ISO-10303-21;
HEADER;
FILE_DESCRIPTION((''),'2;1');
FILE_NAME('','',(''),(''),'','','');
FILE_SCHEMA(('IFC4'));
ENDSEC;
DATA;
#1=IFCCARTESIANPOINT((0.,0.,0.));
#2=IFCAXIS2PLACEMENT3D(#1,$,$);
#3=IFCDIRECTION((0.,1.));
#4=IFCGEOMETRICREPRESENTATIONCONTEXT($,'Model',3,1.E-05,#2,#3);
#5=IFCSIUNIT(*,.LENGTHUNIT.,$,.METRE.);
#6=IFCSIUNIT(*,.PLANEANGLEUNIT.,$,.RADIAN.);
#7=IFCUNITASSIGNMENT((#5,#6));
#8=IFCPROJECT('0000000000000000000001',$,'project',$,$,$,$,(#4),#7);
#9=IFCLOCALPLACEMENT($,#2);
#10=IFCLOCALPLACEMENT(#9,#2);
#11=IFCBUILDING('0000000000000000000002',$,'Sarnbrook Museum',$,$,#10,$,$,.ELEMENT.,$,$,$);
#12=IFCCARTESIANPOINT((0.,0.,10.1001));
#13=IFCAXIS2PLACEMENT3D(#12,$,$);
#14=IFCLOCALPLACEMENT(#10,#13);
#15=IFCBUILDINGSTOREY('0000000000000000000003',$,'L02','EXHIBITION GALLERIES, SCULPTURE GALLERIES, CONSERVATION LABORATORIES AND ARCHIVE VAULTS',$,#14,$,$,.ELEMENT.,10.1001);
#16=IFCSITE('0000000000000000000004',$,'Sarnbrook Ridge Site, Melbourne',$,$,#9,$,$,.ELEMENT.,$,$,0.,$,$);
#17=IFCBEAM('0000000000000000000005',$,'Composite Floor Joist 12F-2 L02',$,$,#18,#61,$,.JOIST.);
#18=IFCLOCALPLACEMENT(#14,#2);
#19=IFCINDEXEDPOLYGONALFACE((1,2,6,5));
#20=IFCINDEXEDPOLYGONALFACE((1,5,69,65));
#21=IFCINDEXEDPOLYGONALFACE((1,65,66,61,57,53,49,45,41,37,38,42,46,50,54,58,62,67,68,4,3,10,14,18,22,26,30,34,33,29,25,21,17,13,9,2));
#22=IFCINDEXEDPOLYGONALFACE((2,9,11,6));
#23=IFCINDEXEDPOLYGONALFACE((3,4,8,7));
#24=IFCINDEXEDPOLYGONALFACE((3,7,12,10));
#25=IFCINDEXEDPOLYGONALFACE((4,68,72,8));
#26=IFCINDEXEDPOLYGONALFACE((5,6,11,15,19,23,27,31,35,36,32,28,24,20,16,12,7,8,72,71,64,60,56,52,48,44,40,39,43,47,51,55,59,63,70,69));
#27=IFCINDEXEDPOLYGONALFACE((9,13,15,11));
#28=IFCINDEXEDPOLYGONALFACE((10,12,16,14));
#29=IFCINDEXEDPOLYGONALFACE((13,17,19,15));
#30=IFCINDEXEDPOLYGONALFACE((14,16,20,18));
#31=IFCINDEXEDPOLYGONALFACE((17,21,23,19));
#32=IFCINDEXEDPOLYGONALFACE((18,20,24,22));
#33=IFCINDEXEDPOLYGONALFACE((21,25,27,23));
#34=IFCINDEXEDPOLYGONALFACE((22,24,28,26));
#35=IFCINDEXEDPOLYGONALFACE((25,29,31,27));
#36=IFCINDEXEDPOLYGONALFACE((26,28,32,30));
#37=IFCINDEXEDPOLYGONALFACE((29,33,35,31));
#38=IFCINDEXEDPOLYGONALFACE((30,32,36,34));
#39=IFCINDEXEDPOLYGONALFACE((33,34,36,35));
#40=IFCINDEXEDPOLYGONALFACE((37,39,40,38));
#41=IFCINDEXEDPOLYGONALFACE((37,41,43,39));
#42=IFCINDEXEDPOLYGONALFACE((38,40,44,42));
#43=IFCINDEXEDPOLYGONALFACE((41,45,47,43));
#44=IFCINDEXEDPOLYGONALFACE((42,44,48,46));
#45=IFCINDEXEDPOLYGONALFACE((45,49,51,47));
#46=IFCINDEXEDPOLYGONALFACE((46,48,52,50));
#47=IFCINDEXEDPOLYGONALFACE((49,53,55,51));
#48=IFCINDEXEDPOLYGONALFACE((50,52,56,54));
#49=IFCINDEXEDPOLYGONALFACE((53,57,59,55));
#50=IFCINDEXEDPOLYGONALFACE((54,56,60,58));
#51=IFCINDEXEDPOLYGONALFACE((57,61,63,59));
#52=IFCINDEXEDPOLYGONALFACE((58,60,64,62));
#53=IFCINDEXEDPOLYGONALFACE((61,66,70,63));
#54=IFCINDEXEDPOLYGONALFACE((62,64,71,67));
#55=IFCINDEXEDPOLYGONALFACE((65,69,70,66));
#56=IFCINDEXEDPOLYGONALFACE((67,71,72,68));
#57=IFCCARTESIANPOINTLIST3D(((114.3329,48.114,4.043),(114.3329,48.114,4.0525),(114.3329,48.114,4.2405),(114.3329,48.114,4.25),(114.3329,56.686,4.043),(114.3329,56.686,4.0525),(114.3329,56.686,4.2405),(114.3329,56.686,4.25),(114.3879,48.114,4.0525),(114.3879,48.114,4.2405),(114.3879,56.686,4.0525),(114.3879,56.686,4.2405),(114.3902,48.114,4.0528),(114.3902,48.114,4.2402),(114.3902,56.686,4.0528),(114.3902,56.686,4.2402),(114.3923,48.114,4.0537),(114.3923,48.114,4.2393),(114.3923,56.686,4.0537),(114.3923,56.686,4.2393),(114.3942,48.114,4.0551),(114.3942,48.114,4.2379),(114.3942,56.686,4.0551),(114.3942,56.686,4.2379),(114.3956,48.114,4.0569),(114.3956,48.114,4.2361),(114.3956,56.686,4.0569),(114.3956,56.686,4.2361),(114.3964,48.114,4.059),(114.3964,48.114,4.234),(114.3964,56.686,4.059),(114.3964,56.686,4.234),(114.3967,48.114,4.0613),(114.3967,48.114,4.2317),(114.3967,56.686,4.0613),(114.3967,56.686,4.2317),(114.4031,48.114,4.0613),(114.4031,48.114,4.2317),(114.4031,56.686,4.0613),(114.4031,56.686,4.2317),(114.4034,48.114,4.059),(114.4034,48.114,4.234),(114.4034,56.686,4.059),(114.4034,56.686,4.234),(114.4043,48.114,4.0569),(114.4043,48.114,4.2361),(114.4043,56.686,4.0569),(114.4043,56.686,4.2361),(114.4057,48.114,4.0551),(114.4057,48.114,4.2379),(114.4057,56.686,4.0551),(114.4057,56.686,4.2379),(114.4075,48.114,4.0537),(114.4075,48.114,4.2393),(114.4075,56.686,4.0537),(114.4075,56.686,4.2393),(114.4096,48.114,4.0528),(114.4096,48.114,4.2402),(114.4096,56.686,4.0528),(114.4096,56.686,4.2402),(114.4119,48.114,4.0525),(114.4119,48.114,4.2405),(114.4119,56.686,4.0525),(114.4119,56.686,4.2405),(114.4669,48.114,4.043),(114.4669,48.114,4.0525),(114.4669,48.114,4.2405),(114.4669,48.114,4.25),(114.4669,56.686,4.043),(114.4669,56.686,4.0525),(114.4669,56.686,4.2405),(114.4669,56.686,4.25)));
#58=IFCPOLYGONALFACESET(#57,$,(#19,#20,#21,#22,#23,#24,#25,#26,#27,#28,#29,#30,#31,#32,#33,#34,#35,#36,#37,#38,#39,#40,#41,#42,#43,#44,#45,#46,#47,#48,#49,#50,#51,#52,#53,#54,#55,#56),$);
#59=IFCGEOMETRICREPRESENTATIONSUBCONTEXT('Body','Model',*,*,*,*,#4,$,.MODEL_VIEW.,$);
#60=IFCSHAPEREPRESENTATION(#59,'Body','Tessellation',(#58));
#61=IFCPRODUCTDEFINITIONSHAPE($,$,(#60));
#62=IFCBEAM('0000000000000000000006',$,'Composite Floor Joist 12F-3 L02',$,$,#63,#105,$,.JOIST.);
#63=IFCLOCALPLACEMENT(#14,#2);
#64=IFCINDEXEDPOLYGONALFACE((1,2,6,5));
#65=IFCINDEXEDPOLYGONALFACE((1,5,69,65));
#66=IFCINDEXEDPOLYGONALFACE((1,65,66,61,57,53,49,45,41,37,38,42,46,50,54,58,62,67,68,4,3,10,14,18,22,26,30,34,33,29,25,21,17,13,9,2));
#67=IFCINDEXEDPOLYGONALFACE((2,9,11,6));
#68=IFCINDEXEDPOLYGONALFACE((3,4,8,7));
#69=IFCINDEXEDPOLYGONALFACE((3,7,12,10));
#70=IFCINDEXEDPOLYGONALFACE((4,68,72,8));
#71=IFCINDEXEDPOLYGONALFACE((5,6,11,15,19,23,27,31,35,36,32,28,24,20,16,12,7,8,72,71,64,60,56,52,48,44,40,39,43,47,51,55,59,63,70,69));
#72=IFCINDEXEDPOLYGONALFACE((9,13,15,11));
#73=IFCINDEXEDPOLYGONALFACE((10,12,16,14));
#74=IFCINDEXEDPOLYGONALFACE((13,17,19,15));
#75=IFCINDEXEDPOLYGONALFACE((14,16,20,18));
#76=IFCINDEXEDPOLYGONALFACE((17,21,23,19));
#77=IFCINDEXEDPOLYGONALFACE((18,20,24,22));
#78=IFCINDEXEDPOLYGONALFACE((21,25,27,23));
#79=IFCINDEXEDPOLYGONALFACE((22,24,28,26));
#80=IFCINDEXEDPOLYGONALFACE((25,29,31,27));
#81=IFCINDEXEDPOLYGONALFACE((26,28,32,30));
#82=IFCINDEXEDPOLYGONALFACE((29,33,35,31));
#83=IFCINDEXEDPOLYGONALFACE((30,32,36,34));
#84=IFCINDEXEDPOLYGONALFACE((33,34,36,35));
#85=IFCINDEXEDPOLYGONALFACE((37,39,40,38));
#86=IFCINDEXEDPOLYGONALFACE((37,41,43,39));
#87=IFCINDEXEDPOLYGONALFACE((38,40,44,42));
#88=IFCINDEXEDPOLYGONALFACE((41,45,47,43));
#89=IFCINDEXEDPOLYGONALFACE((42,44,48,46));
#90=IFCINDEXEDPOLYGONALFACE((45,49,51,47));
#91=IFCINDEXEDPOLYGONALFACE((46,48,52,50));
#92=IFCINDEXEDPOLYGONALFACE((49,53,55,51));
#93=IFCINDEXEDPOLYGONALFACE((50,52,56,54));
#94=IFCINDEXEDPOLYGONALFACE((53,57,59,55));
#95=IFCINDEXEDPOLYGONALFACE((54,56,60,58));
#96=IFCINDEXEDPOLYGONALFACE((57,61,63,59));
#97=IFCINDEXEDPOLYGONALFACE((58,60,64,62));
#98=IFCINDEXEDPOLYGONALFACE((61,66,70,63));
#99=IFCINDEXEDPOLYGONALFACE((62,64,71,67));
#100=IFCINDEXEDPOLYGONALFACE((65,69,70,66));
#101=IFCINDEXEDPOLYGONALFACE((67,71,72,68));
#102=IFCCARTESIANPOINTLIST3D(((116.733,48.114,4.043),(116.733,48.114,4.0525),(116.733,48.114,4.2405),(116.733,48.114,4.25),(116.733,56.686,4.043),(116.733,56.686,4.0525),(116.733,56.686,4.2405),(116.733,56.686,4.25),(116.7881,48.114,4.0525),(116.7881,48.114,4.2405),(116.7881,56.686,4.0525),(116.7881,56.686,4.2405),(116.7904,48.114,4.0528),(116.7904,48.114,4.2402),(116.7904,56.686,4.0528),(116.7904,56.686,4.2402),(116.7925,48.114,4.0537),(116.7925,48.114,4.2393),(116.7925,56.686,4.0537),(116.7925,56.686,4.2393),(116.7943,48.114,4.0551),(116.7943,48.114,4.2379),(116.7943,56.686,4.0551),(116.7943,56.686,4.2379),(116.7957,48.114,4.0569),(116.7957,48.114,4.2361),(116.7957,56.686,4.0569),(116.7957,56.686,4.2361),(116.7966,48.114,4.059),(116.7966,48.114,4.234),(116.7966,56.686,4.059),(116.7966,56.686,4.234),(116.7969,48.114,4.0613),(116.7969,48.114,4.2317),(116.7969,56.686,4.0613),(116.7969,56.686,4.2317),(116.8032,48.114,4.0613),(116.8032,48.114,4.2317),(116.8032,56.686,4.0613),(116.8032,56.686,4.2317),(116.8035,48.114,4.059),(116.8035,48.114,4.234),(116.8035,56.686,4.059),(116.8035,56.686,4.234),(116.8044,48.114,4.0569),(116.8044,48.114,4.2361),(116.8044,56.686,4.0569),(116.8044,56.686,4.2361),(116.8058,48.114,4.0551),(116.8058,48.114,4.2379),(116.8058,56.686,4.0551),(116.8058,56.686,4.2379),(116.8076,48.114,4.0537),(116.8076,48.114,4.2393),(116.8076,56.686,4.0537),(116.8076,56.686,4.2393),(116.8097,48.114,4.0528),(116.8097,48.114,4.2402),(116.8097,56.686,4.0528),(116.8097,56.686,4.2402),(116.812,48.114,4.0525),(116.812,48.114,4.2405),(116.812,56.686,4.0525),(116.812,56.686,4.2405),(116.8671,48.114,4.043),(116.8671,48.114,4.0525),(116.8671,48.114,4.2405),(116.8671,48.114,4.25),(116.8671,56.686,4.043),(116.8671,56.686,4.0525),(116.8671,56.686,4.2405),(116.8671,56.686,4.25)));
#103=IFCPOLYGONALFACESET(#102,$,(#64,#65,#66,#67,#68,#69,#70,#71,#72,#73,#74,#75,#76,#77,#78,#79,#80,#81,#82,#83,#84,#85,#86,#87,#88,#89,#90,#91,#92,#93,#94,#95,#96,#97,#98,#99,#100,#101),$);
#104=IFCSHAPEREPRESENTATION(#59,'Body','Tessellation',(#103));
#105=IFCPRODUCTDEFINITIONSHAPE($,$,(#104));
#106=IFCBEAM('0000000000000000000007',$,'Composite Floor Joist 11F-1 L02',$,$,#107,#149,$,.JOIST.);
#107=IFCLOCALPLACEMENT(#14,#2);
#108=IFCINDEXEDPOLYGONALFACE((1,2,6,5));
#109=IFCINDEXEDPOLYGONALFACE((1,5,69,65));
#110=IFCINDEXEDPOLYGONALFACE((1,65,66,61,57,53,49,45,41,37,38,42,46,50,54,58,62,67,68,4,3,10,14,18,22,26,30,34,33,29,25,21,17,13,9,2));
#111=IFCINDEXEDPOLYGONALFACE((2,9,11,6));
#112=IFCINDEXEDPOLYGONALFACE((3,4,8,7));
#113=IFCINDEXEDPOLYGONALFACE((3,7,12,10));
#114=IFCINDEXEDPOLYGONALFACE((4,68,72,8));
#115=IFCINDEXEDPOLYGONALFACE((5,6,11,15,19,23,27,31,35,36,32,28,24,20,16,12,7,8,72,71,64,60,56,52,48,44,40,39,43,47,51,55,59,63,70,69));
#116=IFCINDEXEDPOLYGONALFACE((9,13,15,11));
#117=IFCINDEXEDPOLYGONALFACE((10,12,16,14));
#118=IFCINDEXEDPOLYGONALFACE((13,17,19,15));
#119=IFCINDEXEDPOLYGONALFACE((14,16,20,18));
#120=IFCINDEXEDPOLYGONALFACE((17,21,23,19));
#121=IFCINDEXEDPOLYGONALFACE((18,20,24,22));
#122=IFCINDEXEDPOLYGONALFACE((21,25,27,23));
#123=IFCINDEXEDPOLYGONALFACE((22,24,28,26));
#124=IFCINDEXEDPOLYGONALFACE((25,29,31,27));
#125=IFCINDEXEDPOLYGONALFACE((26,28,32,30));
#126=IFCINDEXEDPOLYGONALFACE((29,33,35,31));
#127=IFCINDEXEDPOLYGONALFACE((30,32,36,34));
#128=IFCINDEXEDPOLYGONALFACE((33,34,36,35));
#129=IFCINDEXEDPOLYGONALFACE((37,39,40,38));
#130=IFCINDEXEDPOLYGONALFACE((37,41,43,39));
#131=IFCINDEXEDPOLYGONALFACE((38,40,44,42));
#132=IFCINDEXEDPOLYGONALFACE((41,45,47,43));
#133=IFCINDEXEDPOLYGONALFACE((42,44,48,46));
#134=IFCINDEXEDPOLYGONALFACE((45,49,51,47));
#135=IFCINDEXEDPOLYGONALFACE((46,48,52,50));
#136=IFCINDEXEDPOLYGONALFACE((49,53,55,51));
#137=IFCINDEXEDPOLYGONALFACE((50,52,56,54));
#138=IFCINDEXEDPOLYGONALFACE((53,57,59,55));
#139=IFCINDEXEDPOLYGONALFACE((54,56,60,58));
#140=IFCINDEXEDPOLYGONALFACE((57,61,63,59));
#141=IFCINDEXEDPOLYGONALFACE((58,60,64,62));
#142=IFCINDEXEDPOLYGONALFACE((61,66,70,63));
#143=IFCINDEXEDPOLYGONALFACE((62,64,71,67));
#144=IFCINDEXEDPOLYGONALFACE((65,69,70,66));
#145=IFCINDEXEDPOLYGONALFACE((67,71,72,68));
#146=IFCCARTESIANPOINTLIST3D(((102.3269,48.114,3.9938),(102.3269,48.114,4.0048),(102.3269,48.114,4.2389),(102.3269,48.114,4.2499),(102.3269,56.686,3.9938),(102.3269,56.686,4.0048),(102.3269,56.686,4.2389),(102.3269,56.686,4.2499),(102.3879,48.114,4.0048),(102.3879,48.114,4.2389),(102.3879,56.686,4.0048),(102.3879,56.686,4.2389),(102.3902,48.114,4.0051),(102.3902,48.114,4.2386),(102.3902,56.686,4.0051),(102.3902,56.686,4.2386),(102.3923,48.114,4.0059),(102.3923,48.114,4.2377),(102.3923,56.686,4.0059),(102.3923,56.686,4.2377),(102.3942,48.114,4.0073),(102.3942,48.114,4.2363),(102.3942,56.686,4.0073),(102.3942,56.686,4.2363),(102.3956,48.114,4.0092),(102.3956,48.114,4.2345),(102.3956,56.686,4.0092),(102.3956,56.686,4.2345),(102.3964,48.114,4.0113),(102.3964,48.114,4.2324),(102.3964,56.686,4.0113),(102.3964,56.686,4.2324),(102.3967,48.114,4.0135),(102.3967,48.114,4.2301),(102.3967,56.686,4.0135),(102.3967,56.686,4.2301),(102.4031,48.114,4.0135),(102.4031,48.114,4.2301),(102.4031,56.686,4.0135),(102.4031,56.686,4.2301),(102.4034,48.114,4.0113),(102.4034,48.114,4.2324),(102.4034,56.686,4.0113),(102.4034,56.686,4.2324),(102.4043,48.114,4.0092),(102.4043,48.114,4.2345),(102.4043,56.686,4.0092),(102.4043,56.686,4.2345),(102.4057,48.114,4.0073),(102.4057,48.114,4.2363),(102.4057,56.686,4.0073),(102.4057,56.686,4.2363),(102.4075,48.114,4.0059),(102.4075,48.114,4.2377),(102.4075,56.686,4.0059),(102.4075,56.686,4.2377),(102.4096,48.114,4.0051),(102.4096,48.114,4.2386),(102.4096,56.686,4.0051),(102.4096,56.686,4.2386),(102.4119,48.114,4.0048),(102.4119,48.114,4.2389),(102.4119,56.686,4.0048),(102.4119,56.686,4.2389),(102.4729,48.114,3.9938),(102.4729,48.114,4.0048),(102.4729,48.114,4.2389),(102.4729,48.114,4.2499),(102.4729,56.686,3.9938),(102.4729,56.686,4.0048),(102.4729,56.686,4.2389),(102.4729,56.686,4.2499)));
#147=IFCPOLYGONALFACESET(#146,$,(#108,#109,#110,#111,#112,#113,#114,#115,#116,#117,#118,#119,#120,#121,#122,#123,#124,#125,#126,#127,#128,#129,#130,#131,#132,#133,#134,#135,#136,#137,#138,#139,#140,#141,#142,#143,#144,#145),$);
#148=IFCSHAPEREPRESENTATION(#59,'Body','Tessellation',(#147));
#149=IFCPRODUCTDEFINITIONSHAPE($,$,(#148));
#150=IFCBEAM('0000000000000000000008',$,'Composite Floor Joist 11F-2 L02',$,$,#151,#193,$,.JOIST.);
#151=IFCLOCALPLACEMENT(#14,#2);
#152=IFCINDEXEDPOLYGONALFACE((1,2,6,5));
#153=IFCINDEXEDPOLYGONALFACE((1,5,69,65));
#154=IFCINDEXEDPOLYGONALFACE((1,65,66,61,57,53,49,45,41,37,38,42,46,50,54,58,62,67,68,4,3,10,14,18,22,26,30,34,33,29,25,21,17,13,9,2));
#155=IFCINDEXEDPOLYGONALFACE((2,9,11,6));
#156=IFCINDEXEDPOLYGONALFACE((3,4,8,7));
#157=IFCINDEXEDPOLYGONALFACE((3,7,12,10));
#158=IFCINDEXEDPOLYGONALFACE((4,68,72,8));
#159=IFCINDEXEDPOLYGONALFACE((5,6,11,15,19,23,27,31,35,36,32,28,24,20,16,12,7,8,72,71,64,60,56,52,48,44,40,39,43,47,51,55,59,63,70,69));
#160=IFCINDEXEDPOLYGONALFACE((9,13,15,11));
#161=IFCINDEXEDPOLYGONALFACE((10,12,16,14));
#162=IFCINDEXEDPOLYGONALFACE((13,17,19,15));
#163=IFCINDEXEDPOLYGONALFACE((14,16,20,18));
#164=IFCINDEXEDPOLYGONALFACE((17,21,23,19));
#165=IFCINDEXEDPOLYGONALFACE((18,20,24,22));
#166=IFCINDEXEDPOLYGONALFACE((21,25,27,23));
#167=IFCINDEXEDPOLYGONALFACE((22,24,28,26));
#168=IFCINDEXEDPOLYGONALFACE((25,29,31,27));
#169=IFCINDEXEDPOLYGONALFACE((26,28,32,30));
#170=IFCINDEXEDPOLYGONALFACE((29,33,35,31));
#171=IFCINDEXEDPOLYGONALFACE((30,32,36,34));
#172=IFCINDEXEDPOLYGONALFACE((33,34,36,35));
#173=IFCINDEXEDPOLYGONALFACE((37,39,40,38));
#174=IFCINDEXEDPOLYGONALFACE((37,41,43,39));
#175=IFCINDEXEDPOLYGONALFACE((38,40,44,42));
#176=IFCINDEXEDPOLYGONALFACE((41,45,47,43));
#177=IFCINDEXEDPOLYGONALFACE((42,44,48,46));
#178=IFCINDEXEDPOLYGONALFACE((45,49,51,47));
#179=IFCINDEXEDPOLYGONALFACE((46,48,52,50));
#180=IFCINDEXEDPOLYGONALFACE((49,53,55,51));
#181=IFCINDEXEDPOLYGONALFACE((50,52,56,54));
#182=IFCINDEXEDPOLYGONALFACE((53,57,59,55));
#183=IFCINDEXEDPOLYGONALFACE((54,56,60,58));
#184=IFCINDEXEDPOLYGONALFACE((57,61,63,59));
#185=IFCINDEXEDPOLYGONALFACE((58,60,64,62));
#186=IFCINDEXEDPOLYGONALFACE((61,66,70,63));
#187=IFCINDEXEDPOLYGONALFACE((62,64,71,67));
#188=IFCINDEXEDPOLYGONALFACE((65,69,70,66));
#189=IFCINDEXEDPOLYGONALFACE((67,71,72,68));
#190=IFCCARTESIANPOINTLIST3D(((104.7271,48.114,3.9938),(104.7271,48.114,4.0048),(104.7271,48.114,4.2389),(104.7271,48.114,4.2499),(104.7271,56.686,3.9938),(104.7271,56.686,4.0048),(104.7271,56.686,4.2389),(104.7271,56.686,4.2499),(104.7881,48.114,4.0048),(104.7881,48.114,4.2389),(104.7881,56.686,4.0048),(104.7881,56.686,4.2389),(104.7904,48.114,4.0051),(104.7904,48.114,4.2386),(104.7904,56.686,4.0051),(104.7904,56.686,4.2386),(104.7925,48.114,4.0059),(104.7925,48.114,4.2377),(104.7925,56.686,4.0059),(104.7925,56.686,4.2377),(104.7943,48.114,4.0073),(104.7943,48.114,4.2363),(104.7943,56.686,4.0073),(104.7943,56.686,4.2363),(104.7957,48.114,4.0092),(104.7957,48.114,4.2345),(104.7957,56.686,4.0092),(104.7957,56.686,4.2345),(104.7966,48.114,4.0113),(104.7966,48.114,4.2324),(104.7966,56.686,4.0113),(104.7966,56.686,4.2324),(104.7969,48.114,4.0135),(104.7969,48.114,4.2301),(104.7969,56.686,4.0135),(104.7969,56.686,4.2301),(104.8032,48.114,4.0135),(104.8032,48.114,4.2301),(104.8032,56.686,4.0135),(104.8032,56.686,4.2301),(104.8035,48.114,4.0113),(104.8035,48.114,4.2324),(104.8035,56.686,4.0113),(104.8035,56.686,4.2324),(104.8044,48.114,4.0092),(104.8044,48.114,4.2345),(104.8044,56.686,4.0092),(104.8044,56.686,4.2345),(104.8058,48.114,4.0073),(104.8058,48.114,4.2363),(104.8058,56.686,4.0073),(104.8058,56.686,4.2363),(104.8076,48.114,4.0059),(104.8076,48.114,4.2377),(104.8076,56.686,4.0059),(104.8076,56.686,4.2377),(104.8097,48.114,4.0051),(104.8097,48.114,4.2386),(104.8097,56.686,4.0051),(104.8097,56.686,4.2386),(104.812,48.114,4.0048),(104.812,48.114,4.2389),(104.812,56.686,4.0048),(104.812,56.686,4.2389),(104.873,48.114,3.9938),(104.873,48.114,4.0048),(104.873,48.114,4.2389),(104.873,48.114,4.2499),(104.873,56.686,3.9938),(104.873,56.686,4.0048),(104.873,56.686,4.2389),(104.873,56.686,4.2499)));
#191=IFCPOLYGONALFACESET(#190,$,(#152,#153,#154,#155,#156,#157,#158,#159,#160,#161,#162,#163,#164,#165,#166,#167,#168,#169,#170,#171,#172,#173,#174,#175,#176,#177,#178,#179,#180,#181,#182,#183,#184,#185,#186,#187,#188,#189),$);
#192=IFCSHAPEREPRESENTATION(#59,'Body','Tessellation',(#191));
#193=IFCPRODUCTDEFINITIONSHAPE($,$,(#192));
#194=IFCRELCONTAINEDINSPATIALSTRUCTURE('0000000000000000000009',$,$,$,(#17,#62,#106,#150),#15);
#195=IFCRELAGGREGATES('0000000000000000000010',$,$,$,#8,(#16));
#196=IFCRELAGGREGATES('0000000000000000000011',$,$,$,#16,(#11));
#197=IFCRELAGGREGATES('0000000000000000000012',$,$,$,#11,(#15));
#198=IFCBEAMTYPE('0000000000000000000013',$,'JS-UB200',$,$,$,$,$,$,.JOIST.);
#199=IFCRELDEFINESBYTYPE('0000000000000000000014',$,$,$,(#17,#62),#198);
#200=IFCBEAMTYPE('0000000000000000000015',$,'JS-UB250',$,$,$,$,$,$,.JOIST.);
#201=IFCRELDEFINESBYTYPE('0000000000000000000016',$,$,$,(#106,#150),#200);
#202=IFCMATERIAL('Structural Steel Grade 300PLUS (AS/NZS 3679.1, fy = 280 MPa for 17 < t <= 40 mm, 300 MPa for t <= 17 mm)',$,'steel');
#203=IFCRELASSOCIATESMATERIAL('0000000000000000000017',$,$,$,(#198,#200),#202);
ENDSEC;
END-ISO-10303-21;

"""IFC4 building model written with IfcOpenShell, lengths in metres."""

from ifc_helpers import new_model, si_unit, direction, frame, origin, origin_2d, place, context, subcontext, project, spatial, i_section, extrude, material, material_profile, profile_set, type_object, element, save


model = new_model("IFC4")

# Units and contexts
model_context = context("Model", 3, precision=1e-05, world=origin(), true_north=direction((0.0, 1.0)))
body_context = subcontext(model_context, "Body", "Model", "MODEL_VIEW")
ifc_project = project(units=[si_unit("LENGTHUNIT", "METRE"), si_unit("PLANEANGLEUNIT", "RADIAN")], contexts=[model_context])

# Site, building, storey
site_placement = place(None, origin())
site = spatial("IfcSite", under=ifc_project, at=site_placement, Name="Sarnbrook Ridge Site, Melbourne", CompositionType="ELEMENT", RefElevation=0.0)
building_placement = place(site_placement, origin())
building = spatial("IfcBuilding", under=site, at=building_placement, Name="Sarnbrook Museum", CompositionType="ELEMENT")
storey_placement = place(building_placement, frame((0.0, 0.0, 10.1001)))
storey = spatial("IfcBuildingStorey", under=building, at=storey_placement, Name="L02", Description="EXHIBITION GALLERIES, SCULPTURE GALLERIES, CONSERVATION LABORATORIES AND ARCHIVE VAULTS", CompositionType="ELEMENT", Elevation=10.1001)

# Shared definitions
ifc_material_1 = material(Name="Structural Steel Grade 300PLUS (AS/NZS 3679.1, fy = 280 MPa for 17 < t <= 40 mm, 300 MPa for t <= 17 mm)", Category="steel")

# Beams
ifc_material_profile_1 = material_profile(ifc_material_1, i_section(OverallWidth=0.134, OverallDepth=0.207, WebThickness=0.0063, FlangeThickness=0.0095, FilletRadius=0.0088, at=origin_2d()), Name="200UB29.8")
ifc_profile_set_1 = profile_set([ifc_material_profile_1], Name="Structural Steel Grade 300PLUS (AS/NZS 3679.1, fy = 280 MPa for 17 < t <= 40 mm, 300 MPa for t <= 17 mm)")
beam_type_1 = type_object("IfcBeamType", Name="JS-UB200", PredefinedType="JOIST", material=ifc_profile_set_1)
for number, where, z_axis, x_axis, name in (
    (1, (114.3999, 48.114, 4.1465), (0.0, 1.0, 0.0), (-1.0, 0.0, 0.0), "Composite Floor Joist 12F-2 L02"),
    (2, (116.8, 48.114, 4.1465), (0.0, 1.0, 0.0), (-1.0, 0.0, 0.0), "Composite Floor Joist 12F-3 L02"),
):
    element("IfcBeam", number, at=place(storey_placement, frame(where, z_axis=z_axis, x_axis=x_axis)), inside=storey, type_object=beam_type_1, Name=name, PredefinedType="JOIST", context=body_context, shape_type="SweptSolid", body=[
        extrude(i_section(OverallWidth=0.134, OverallDepth=0.207, WebThickness=0.0063, FlangeThickness=0.0095, FilletRadius=0.0088, at=origin_2d()), origin(), (0.0, 0.0, 1.0), 8.572),
    ])
ifc_material_profile_2 = material_profile(ifc_material_1, i_section(OverallWidth=0.146, OverallDepth=0.2561, WebThickness=0.0063, FlangeThickness=0.011, FilletRadius=0.0088, at=origin_2d()), Name="250UB37.3")
ifc_profile_set_2 = profile_set([ifc_material_profile_2], Name="Structural Steel Grade 300PLUS (AS/NZS 3679.1, fy = 280 MPa for 17 < t <= 40 mm, 300 MPa for t <= 17 mm)")
beam_type_2 = type_object("IfcBeamType", Name="JS-UB250", PredefinedType="JOIST", material=ifc_profile_set_2)
for number, where, z_axis, x_axis, name in (
    (3, (102.3999, 48.114, 4.1218), (0.0, 1.0, 0.0), (-1.0, 0.0, 0.0), "Composite Floor Joist 11F-1 L02"),
    (4, (104.8, 48.114, 4.1218), (0.0, 1.0, 0.0), (-1.0, 0.0, 0.0), "Composite Floor Joist 11F-2 L02"),
):
    element("IfcBeam", number, at=place(storey_placement, frame(where, z_axis=z_axis, x_axis=x_axis)), inside=storey, type_object=beam_type_2, Name=name, PredefinedType="JOIST", context=body_context, shape_type="SweptSolid", body=[
        extrude(i_section(OverallWidth=0.146, OverallDepth=0.2561, WebThickness=0.0063, FlangeThickness=0.011, FilletRadius=0.0088, at=origin_2d()), origin(), (0.0, 0.0, 1.0), 8.572),
    ])

save(model, "model.ifc")
